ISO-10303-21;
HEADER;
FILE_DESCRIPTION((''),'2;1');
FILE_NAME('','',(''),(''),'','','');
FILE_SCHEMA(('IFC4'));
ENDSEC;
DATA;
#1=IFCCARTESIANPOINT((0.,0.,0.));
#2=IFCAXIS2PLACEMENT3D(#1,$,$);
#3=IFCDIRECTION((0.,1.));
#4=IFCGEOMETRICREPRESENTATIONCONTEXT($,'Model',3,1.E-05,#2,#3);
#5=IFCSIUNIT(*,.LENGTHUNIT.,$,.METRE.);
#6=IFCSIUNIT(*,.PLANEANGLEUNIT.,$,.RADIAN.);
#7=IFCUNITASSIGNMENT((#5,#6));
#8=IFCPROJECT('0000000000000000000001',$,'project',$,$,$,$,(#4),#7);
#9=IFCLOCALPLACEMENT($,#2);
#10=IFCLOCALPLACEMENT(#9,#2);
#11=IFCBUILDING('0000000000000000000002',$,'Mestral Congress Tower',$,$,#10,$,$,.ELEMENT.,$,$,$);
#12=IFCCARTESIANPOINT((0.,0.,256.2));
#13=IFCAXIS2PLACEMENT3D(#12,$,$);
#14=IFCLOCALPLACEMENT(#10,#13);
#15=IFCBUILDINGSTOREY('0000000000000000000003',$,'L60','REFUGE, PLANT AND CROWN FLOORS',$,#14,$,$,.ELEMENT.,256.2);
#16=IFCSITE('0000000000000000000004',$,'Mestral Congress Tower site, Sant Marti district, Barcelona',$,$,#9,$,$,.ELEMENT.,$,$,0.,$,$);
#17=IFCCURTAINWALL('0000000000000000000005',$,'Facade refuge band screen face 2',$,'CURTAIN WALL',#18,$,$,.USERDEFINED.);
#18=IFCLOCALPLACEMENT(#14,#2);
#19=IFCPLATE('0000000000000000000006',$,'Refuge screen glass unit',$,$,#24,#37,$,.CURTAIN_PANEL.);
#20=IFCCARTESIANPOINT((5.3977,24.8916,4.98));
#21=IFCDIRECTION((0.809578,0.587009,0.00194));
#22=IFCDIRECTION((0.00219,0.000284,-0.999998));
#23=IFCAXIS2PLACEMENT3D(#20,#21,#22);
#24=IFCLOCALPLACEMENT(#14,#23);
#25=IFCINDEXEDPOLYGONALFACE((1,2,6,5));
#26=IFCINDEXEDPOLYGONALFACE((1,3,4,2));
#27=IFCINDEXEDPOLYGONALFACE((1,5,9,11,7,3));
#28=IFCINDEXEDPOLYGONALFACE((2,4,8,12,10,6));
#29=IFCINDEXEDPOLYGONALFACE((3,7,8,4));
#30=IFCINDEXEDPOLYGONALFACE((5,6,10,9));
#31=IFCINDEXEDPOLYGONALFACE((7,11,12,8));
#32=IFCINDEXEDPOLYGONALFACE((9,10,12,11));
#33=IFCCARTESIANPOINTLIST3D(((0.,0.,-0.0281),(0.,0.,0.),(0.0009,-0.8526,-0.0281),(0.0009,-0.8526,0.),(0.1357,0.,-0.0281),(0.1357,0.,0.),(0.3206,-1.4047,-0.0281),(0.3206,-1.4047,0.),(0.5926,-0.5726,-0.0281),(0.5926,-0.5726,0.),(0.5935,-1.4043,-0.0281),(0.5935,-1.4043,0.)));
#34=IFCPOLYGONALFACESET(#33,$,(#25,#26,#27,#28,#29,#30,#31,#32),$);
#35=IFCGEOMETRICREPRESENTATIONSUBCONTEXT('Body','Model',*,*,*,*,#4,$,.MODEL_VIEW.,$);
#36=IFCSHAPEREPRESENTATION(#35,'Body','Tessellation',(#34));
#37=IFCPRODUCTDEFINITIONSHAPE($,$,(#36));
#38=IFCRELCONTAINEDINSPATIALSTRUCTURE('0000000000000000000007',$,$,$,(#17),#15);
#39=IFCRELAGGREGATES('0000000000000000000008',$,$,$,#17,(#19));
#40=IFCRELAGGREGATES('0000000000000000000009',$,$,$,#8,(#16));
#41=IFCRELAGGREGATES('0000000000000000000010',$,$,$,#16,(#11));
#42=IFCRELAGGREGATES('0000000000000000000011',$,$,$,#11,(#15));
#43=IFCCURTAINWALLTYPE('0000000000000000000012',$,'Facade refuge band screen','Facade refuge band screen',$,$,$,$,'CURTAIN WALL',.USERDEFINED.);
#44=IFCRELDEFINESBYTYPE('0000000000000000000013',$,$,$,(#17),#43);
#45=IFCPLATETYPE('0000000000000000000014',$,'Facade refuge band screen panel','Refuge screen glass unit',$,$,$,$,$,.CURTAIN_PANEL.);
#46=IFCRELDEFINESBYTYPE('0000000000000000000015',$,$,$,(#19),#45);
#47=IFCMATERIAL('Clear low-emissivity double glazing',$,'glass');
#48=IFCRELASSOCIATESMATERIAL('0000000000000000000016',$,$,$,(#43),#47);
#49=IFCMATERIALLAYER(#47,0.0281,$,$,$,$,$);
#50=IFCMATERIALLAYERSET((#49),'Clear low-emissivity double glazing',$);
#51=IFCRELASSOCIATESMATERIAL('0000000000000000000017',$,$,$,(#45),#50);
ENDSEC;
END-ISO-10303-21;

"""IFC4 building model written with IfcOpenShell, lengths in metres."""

from ifc_helpers import new_model, si_unit, direction, frame, origin, place, context, subcontext, project, spatial, polyline, outline, extrude, material, layer, layer_set, type_object, element, aggregate, save


model = new_model("IFC4")

# Units and contexts
model_context = context("Model", 3, precision=1e-05, world=origin(), true_north=direction((0.0, 1.0)))
body_context = subcontext(model_context, "Body", "Model", "MODEL_VIEW")
ifc_project = project(units=[si_unit("LENGTHUNIT", "METRE"), si_unit("PLANEANGLEUNIT", "RADIAN")], contexts=[model_context])

# Site, building, storey
site_placement = place(None, origin())
site = spatial("IfcSite", under=ifc_project, at=site_placement, Name="Mestral Congress Tower site, Sant Marti district, Barcelona", CompositionType="ELEMENT", RefElevation=0.0)
building_placement = place(site_placement, origin())
building = spatial("IfcBuilding", under=site, at=building_placement, Name="Mestral Congress Tower", CompositionType="ELEMENT")
storey_placement = place(building_placement, frame((0.0, 0.0, 256.2)))
storey = spatial("IfcBuildingStorey", under=building, at=storey_placement, Name="L60", Description="REFUGE, PLANT AND CROWN FLOORS", CompositionType="ELEMENT", Elevation=256.2)

# Curtain wall
ifc_material_1 = material(Name="Clear low-emissivity double glazing", Category="glass")
curtain_wall_type = type_object("IfcCurtainWallType", Name="Facade refuge band screen", Description="Facade refuge band screen", ElementType="CURTAIN WALL", PredefinedType="USERDEFINED", material=ifc_material_1)
placement = place(storey_placement, origin())
curtain_wall_1 = element("IfcCurtainWall", 1, at=placement, inside=storey, type_object=curtain_wall_type, Name="Facade refuge band screen face 2", ObjectType="CURTAIN WALL", PredefinedType="USERDEFINED")

# Plate
ifc_layer_1 = layer(ifc_material_1, 0.0281)
ifc_layer_set_1 = layer_set([ifc_layer_1], Name="Clear low-emissivity double glazing")
plate_type_1 = type_object("IfcPlateType", Name="Facade refuge band screen panel", Description="Refuge screen glass unit", PredefinedType="CURTAIN_PANEL", material=ifc_layer_set_1)
plate_1_placement = place(storey_placement, frame((5.3977, 24.8916, 4.98), z_axis=(0.809578, 0.587009, 0.00194), x_axis=(0.00219, 0.000284, -0.999998)))
plate_1 = element("IfcPlate", 2, at=plate_1_placement, type_object=plate_type_1, Name="Refuge screen glass unit", PredefinedType="CURTAIN_PANEL", context=body_context, shape_type="SweptSolid", body=[
    extrude(outline(polyline([(0.0, 0.0), (0.1357, 0.0), (0.5926, -0.5726), (0.5935, -1.4043), (0.3206, -1.4047), (0.0009, -0.8526), (0.0, 0.0)])), origin(), (0.0, 0.0, -1.0), 0.0281),
])

aggregate(curtain_wall_1, [plate_1])

save(model, "model.ifc")
